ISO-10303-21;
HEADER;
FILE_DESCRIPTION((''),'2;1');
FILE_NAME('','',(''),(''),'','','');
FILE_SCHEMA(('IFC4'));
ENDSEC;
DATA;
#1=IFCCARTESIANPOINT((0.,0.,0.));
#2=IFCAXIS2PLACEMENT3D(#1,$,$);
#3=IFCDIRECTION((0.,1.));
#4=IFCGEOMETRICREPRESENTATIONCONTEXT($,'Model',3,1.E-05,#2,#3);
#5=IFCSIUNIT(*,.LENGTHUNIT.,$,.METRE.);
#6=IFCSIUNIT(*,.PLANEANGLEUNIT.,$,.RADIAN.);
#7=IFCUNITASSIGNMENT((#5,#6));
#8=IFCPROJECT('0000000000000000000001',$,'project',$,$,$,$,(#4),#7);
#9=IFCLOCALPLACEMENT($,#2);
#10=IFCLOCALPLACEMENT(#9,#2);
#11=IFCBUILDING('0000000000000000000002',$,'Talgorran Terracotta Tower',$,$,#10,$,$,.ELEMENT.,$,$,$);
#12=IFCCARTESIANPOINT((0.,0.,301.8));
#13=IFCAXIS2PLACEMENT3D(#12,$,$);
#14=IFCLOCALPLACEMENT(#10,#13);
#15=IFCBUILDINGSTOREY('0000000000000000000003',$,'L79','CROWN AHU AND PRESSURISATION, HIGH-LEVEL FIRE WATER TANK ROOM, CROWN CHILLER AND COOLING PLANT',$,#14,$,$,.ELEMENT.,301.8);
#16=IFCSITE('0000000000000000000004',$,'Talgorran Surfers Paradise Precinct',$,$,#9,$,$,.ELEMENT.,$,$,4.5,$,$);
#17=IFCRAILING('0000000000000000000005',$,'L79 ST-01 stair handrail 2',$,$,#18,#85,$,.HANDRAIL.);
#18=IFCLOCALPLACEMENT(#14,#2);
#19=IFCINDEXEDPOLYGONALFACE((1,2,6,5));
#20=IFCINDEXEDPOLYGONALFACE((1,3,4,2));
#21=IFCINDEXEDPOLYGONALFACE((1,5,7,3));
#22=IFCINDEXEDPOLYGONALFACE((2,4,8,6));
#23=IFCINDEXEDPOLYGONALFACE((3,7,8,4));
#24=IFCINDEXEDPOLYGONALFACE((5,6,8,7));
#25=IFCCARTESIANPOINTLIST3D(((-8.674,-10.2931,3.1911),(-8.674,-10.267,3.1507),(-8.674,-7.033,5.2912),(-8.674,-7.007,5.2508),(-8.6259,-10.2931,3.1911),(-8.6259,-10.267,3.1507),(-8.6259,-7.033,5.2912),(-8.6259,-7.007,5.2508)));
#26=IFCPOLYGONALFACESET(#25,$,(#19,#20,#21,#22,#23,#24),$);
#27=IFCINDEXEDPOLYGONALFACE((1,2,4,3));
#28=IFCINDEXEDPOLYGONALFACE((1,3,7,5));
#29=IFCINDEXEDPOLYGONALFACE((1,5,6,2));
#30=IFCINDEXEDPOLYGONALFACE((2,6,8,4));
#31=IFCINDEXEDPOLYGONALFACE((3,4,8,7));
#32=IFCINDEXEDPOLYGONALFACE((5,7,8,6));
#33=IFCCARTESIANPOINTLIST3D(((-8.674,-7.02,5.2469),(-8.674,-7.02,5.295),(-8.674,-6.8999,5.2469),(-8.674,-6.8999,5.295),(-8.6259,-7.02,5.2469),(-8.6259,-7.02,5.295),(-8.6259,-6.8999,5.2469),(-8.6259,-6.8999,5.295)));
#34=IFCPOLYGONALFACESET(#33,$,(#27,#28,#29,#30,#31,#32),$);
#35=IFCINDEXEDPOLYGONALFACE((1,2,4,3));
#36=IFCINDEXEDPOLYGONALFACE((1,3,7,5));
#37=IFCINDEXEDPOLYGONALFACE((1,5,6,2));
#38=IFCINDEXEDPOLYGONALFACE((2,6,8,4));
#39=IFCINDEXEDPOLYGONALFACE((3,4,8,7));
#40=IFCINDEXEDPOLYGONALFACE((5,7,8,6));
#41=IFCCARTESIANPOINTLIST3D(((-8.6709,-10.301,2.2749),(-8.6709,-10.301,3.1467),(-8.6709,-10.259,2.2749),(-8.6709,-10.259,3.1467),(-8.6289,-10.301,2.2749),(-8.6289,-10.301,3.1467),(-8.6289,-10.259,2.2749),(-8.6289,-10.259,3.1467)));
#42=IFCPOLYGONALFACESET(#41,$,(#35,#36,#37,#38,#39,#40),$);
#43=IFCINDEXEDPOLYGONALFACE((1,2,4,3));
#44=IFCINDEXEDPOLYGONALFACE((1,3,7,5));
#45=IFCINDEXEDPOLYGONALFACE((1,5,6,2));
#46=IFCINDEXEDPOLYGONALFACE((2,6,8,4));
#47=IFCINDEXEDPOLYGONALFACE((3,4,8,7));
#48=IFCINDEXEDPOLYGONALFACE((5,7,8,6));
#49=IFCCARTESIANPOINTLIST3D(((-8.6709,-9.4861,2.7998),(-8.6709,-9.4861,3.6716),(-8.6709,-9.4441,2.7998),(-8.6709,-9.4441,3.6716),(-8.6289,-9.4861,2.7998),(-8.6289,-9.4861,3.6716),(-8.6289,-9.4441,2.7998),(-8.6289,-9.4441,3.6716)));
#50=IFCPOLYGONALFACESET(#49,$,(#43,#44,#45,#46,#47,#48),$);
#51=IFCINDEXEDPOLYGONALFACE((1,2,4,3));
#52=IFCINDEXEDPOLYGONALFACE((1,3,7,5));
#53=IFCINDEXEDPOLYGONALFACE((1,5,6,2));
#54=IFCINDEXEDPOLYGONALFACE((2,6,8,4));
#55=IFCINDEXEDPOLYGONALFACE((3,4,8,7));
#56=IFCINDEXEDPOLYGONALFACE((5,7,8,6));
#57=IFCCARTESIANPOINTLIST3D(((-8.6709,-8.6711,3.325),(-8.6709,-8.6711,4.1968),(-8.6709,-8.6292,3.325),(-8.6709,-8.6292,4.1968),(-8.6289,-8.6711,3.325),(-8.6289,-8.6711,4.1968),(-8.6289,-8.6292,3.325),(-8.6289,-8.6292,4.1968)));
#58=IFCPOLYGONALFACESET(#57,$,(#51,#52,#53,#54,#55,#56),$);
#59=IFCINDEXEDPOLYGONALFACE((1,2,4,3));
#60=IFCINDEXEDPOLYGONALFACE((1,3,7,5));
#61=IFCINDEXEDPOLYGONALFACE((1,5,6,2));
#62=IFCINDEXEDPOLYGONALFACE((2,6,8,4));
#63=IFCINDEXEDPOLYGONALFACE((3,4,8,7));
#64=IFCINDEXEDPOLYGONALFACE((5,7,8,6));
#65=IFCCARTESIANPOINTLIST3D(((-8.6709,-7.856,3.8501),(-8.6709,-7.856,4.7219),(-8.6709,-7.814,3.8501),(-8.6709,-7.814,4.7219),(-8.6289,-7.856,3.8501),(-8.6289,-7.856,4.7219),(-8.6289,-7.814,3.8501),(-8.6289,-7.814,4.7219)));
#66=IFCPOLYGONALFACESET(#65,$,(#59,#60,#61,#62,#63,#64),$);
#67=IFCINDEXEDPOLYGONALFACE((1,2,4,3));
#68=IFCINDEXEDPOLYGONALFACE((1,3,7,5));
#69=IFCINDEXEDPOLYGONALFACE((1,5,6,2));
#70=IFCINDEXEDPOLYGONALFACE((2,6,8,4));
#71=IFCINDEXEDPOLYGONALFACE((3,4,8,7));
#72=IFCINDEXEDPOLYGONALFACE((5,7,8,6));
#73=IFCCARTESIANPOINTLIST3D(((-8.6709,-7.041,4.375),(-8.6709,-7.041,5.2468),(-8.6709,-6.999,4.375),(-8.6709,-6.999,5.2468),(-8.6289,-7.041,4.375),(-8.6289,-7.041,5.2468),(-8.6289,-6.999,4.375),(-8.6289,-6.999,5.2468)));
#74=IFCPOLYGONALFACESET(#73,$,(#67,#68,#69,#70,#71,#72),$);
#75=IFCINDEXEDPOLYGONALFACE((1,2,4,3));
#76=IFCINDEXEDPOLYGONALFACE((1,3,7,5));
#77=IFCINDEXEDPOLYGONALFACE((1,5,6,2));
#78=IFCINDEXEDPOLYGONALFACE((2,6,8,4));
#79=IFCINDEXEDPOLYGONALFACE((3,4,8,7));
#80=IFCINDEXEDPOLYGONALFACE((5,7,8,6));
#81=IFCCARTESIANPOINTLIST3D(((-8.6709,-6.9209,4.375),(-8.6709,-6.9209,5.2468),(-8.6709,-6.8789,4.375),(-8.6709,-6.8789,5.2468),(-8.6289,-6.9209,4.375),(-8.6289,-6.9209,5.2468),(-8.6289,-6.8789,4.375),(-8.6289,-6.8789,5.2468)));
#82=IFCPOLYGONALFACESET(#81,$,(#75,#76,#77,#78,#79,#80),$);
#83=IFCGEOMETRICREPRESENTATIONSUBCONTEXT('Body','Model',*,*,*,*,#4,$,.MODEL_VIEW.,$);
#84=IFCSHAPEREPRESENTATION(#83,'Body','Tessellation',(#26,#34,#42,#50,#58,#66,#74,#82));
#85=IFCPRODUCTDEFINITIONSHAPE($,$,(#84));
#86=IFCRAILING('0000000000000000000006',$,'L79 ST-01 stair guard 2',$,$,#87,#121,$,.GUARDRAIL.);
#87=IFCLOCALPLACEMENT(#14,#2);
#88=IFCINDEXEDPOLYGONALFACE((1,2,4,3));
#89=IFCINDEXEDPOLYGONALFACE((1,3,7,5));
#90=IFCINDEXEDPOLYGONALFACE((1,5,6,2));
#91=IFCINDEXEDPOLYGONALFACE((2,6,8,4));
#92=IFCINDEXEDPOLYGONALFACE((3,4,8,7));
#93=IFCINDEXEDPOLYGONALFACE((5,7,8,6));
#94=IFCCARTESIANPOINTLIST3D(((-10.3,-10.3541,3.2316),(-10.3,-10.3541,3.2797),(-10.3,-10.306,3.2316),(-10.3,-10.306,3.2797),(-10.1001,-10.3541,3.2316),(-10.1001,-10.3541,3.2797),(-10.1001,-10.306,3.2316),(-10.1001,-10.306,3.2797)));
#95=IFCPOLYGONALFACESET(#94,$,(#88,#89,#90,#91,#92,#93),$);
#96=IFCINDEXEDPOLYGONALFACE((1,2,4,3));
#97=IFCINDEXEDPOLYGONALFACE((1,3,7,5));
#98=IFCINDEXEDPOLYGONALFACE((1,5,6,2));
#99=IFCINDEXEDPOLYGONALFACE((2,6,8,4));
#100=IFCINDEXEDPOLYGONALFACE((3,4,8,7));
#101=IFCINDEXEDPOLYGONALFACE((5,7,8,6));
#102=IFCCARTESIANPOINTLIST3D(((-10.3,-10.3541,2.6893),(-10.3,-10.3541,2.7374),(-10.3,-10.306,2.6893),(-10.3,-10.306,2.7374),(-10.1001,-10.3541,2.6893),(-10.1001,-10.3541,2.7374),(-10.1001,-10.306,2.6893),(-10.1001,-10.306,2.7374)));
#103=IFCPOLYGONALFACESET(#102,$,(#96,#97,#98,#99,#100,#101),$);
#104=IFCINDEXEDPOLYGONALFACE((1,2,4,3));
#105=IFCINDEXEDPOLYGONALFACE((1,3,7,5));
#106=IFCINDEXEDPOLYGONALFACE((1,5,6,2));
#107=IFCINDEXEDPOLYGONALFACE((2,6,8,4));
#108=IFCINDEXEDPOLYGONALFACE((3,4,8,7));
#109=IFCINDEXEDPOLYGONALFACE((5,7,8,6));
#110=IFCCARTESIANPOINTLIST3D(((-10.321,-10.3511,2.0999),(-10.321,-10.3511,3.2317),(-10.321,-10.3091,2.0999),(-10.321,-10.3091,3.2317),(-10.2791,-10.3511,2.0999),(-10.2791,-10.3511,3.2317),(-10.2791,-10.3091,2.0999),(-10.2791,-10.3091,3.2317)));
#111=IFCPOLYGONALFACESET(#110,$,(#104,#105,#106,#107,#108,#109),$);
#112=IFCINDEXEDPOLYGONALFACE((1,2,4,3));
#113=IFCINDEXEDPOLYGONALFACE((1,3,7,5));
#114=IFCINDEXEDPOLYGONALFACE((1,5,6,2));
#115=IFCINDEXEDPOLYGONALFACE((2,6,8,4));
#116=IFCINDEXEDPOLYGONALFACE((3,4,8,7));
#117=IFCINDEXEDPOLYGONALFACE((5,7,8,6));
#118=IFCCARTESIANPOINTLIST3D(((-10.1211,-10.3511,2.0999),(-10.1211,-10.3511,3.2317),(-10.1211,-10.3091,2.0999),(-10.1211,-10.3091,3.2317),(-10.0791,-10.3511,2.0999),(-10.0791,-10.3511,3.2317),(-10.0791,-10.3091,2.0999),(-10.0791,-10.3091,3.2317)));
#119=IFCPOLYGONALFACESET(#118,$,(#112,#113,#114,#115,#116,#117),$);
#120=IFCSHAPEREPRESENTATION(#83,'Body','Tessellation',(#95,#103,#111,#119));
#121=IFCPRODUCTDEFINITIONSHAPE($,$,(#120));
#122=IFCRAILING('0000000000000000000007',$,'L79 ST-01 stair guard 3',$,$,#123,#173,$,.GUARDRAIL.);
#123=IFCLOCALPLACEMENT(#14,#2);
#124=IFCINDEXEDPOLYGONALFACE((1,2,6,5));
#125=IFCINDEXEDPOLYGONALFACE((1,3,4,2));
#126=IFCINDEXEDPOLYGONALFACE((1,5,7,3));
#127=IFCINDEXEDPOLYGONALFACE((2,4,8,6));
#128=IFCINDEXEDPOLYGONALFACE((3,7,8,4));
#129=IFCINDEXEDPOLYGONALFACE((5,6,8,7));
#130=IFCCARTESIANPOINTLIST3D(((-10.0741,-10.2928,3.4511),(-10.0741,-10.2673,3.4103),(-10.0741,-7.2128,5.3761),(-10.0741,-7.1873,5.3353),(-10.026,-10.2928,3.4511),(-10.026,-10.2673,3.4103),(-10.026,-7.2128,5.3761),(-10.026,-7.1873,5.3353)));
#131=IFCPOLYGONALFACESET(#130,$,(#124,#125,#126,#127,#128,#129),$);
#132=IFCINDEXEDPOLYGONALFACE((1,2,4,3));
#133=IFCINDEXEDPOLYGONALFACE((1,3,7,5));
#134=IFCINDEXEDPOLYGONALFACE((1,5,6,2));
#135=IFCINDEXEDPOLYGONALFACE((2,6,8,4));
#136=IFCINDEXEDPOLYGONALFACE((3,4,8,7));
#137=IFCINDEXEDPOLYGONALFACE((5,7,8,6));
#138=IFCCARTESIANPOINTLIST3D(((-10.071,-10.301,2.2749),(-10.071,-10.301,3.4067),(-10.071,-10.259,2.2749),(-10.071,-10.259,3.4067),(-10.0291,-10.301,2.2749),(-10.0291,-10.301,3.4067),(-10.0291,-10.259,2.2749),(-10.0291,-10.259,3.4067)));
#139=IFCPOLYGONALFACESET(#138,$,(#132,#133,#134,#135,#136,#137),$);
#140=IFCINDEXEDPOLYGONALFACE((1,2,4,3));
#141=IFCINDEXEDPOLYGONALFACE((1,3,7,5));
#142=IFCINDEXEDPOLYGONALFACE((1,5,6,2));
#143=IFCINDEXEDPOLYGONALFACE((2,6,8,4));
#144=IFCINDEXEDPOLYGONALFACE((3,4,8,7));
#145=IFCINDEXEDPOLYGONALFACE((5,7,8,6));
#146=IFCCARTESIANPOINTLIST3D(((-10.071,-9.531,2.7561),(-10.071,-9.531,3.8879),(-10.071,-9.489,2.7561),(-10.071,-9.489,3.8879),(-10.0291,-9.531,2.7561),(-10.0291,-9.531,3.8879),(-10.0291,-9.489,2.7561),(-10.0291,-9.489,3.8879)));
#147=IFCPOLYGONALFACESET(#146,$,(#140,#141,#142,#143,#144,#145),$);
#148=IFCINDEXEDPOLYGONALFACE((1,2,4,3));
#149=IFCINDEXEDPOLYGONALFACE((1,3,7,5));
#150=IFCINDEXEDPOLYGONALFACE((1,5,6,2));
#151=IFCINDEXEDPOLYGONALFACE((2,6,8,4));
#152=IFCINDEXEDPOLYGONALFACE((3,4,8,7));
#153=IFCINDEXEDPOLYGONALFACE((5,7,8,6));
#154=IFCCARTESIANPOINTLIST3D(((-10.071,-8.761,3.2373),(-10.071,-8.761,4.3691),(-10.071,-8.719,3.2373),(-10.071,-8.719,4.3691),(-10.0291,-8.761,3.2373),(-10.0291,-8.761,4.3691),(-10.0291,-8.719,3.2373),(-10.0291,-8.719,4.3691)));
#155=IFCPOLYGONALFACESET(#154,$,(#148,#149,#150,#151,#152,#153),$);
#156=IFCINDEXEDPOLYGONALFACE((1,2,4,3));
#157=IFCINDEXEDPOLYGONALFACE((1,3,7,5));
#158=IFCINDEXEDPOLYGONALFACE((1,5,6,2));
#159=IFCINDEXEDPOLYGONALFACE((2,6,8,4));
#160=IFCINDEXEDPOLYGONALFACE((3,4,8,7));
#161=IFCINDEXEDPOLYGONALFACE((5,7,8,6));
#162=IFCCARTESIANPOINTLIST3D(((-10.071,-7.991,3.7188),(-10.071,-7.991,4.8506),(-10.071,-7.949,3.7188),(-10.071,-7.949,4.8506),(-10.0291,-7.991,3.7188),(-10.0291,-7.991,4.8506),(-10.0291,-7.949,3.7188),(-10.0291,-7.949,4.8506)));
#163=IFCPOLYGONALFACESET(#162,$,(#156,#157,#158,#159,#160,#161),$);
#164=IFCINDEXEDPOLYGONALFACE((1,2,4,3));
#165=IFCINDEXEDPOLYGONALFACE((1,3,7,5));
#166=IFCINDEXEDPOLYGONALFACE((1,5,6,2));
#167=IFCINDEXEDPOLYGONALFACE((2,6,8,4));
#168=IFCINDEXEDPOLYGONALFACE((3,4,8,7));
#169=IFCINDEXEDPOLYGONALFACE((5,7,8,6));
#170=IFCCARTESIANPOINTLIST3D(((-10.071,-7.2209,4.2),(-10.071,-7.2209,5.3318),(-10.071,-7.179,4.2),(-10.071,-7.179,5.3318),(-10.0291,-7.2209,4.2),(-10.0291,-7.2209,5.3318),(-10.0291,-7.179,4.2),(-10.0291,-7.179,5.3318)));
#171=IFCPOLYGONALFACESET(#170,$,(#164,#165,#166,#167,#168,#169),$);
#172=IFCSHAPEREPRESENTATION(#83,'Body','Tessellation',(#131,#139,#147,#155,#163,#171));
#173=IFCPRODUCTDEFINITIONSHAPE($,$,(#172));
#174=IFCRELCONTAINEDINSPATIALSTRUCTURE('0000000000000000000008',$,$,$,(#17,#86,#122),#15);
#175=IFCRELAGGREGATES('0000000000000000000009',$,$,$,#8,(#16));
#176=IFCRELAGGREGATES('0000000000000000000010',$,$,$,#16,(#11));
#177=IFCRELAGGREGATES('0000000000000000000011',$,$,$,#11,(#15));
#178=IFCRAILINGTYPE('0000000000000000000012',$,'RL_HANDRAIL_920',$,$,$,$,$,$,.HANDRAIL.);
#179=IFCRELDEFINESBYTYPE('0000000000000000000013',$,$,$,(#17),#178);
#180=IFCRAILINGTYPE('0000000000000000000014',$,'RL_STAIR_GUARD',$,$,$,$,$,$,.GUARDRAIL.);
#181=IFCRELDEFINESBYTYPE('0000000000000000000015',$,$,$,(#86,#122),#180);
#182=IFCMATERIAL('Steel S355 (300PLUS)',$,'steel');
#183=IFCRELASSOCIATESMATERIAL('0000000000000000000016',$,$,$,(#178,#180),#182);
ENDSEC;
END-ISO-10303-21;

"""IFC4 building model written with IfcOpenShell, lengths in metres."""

from ifc_helpers import new_model, si_unit, direction, frame, origin, origin_2d, place, context, subcontext, project, spatial, rectangle, extrude, material, type_object, element, save


model = new_model("IFC4")

# Units and contexts
model_context = context("Model", 3, precision=1e-05, world=origin(), true_north=direction((0.0, 1.0)))
body_context = subcontext(model_context, "Body", "Model", "MODEL_VIEW")
ifc_project = project(units=[si_unit("LENGTHUNIT", "METRE"), si_unit("PLANEANGLEUNIT", "RADIAN")], contexts=[model_context])

# Site, building, storey
site_placement = place(None, origin())
site = spatial("IfcSite", under=ifc_project, at=site_placement, Name="Talgorran Surfers Paradise Precinct", CompositionType="ELEMENT", RefElevation=4.5)
building_placement = place(site_placement, origin())
building = spatial("IfcBuilding", under=site, at=building_placement, Name="Talgorran Terracotta Tower", CompositionType="ELEMENT")
storey_placement = place(building_placement, frame((0.0, 0.0, 301.8)))
storey = spatial("IfcBuildingStorey", under=building, at=storey_placement, Name="L79", Description="CROWN AHU AND PRESSURISATION, HIGH-LEVEL FIRE WATER TANK ROOM, CROWN CHILLER AND COOLING PLANT", CompositionType="ELEMENT", Elevation=301.8)

# Shared definitions
ifc_material_1 = material(Name="Steel S355 (300PLUS)", Category="steel")

# Railings
railing_type_1 = type_object("IfcRailingType", Name="RL_HANDRAIL_920", PredefinedType="HANDRAIL", material=ifc_material_1)
railing_1_placement = place(storey_placement, frame((-8.6499, -10.28, 2.2749)))
element("IfcRailing", 1, at=railing_1_placement, inside=storey, type_object=railing_type_1, Name="L79 ST-01 stair handrail 2", PredefinedType="HANDRAIL", context=body_context, shape_type="SweptSolid", body=[
    extrude(rectangle(XDim=0.0481, YDim=0.0481, at=origin_2d()), frame((0.0, 0.0, 0.896), z_axis=(0.0, 0.840665, 0.541556), x_axis=(-1.0, 0.0, 0.0)), (0.0, 0.0, 1.0), 3.8779),
    extrude(rectangle(XDim=0.0481, YDim=0.0481, at=origin_2d()), frame((0.0, 3.26, 2.9961), z_axis=(0.0, 1.0, 0.0), x_axis=(-1.0, 0.0, 0.0)), (0.0, 0.0, 1.0), 0.1201),
    extrude(rectangle(XDim=0.042, YDim=0.042, at=origin_2d()), origin(), (0.0, 0.0, 1.0), 0.8718),
    extrude(rectangle(XDim=0.042, YDim=0.042, at=origin_2d()), frame((0.0, 0.8149, 0.5249)), (0.0, 0.0, 1.0), 0.8718),
    extrude(rectangle(XDim=0.042, YDim=0.042, at=origin_2d()), frame((0.0, 1.6299, 1.05)), (0.0, 0.0, 1.0), 0.8718),
    extrude(rectangle(XDim=0.042, YDim=0.042, at=origin_2d()), frame((0.0, 2.4451, 1.5752)), (0.0, 0.0, 1.0), 0.8718),
    extrude(rectangle(XDim=0.042, YDim=0.042, at=origin_2d()), frame((0.0, 3.26, 2.1001)), (0.0, 0.0, 1.0), 0.8718),
    extrude(rectangle(XDim=0.042, YDim=0.042, at=origin_2d()), frame((0.0, 3.3801, 2.1001)), (0.0, 0.0, 1.0), 0.8718),
])
railing_type_2 = type_object("IfcRailingType", Name="RL_STAIR_GUARD", PredefinedType="GUARDRAIL", material=ifc_material_1)
railing_2_placement = place(storey_placement, frame((-10.3, -10.3301, 2.0999)))
element("IfcRailing", 2, at=railing_2_placement, inside=storey, type_object=railing_type_2, Name="L79 ST-01 stair guard 2", PredefinedType="GUARDRAIL", context=body_context, shape_type="SweptSolid", body=[
    extrude(rectangle(XDim=0.0481, YDim=0.0481, at=origin_2d()), frame((0.0, 0.0, 1.1558), z_axis=(1.0, 0.0, 0.0), x_axis=(0.0, 1.0, 0.0)), (0.0, 0.0, 1.0), 0.2),
    extrude(rectangle(XDim=0.0481, YDim=0.0481, at=origin_2d()), frame((0.0, 0.0, 0.6135), z_axis=(1.0, 0.0, 0.0), x_axis=(0.0, 1.0, 0.0)), (0.0, 0.0, 1.0), 0.2),
    extrude(rectangle(XDim=0.042, YDim=0.042, at=origin_2d()), origin(), (0.0, 0.0, 1.0), 1.1318),
    extrude(rectangle(XDim=0.042, YDim=0.042, at=origin_2d()), frame((0.2, 0.0, 0.0)), (0.0, 0.0, 1.0), 1.1318),
])
railing_3_placement = place(storey_placement, frame((-10.05, -10.28, 2.2749)))
element("IfcRailing", 3, at=railing_3_placement, inside=storey, type_object=railing_type_2, Name="L79 ST-01 stair guard 3", PredefinedType="GUARDRAIL", context=body_context, shape_type="SweptSolid", body=[
    extrude(rectangle(XDim=0.0481, YDim=0.0481, at=origin_2d()), frame((0.0, 0.0, 1.1558), z_axis=(0.0, 0.847998, 0.529999), x_axis=(-1.0, 0.0, 0.0)), (0.0, 0.0, 1.0), 3.6321),
    extrude(rectangle(XDim=0.042, YDim=0.042, at=origin_2d()), origin(), (0.0, 0.0, 1.0), 1.1318),
    extrude(rectangle(XDim=0.042, YDim=0.042, at=origin_2d()), frame((0.0, 0.77, 0.4812)), (0.0, 0.0, 1.0), 1.1318),
    extrude(rectangle(XDim=0.042, YDim=0.042, at=origin_2d()), frame((0.0, 1.54, 0.9624)), (0.0, 0.0, 1.0), 1.1318),
    extrude(rectangle(XDim=0.042, YDim=0.042, at=origin_2d()), frame((0.0, 2.3101, 1.4438)), (0.0, 0.0, 1.0), 1.1318),
    extrude(rectangle(XDim=0.042, YDim=0.042, at=origin_2d()), frame((0.0, 3.0801, 1.925)), (0.0, 0.0, 1.0), 1.1318),
])

save(model, "model.ifc")
